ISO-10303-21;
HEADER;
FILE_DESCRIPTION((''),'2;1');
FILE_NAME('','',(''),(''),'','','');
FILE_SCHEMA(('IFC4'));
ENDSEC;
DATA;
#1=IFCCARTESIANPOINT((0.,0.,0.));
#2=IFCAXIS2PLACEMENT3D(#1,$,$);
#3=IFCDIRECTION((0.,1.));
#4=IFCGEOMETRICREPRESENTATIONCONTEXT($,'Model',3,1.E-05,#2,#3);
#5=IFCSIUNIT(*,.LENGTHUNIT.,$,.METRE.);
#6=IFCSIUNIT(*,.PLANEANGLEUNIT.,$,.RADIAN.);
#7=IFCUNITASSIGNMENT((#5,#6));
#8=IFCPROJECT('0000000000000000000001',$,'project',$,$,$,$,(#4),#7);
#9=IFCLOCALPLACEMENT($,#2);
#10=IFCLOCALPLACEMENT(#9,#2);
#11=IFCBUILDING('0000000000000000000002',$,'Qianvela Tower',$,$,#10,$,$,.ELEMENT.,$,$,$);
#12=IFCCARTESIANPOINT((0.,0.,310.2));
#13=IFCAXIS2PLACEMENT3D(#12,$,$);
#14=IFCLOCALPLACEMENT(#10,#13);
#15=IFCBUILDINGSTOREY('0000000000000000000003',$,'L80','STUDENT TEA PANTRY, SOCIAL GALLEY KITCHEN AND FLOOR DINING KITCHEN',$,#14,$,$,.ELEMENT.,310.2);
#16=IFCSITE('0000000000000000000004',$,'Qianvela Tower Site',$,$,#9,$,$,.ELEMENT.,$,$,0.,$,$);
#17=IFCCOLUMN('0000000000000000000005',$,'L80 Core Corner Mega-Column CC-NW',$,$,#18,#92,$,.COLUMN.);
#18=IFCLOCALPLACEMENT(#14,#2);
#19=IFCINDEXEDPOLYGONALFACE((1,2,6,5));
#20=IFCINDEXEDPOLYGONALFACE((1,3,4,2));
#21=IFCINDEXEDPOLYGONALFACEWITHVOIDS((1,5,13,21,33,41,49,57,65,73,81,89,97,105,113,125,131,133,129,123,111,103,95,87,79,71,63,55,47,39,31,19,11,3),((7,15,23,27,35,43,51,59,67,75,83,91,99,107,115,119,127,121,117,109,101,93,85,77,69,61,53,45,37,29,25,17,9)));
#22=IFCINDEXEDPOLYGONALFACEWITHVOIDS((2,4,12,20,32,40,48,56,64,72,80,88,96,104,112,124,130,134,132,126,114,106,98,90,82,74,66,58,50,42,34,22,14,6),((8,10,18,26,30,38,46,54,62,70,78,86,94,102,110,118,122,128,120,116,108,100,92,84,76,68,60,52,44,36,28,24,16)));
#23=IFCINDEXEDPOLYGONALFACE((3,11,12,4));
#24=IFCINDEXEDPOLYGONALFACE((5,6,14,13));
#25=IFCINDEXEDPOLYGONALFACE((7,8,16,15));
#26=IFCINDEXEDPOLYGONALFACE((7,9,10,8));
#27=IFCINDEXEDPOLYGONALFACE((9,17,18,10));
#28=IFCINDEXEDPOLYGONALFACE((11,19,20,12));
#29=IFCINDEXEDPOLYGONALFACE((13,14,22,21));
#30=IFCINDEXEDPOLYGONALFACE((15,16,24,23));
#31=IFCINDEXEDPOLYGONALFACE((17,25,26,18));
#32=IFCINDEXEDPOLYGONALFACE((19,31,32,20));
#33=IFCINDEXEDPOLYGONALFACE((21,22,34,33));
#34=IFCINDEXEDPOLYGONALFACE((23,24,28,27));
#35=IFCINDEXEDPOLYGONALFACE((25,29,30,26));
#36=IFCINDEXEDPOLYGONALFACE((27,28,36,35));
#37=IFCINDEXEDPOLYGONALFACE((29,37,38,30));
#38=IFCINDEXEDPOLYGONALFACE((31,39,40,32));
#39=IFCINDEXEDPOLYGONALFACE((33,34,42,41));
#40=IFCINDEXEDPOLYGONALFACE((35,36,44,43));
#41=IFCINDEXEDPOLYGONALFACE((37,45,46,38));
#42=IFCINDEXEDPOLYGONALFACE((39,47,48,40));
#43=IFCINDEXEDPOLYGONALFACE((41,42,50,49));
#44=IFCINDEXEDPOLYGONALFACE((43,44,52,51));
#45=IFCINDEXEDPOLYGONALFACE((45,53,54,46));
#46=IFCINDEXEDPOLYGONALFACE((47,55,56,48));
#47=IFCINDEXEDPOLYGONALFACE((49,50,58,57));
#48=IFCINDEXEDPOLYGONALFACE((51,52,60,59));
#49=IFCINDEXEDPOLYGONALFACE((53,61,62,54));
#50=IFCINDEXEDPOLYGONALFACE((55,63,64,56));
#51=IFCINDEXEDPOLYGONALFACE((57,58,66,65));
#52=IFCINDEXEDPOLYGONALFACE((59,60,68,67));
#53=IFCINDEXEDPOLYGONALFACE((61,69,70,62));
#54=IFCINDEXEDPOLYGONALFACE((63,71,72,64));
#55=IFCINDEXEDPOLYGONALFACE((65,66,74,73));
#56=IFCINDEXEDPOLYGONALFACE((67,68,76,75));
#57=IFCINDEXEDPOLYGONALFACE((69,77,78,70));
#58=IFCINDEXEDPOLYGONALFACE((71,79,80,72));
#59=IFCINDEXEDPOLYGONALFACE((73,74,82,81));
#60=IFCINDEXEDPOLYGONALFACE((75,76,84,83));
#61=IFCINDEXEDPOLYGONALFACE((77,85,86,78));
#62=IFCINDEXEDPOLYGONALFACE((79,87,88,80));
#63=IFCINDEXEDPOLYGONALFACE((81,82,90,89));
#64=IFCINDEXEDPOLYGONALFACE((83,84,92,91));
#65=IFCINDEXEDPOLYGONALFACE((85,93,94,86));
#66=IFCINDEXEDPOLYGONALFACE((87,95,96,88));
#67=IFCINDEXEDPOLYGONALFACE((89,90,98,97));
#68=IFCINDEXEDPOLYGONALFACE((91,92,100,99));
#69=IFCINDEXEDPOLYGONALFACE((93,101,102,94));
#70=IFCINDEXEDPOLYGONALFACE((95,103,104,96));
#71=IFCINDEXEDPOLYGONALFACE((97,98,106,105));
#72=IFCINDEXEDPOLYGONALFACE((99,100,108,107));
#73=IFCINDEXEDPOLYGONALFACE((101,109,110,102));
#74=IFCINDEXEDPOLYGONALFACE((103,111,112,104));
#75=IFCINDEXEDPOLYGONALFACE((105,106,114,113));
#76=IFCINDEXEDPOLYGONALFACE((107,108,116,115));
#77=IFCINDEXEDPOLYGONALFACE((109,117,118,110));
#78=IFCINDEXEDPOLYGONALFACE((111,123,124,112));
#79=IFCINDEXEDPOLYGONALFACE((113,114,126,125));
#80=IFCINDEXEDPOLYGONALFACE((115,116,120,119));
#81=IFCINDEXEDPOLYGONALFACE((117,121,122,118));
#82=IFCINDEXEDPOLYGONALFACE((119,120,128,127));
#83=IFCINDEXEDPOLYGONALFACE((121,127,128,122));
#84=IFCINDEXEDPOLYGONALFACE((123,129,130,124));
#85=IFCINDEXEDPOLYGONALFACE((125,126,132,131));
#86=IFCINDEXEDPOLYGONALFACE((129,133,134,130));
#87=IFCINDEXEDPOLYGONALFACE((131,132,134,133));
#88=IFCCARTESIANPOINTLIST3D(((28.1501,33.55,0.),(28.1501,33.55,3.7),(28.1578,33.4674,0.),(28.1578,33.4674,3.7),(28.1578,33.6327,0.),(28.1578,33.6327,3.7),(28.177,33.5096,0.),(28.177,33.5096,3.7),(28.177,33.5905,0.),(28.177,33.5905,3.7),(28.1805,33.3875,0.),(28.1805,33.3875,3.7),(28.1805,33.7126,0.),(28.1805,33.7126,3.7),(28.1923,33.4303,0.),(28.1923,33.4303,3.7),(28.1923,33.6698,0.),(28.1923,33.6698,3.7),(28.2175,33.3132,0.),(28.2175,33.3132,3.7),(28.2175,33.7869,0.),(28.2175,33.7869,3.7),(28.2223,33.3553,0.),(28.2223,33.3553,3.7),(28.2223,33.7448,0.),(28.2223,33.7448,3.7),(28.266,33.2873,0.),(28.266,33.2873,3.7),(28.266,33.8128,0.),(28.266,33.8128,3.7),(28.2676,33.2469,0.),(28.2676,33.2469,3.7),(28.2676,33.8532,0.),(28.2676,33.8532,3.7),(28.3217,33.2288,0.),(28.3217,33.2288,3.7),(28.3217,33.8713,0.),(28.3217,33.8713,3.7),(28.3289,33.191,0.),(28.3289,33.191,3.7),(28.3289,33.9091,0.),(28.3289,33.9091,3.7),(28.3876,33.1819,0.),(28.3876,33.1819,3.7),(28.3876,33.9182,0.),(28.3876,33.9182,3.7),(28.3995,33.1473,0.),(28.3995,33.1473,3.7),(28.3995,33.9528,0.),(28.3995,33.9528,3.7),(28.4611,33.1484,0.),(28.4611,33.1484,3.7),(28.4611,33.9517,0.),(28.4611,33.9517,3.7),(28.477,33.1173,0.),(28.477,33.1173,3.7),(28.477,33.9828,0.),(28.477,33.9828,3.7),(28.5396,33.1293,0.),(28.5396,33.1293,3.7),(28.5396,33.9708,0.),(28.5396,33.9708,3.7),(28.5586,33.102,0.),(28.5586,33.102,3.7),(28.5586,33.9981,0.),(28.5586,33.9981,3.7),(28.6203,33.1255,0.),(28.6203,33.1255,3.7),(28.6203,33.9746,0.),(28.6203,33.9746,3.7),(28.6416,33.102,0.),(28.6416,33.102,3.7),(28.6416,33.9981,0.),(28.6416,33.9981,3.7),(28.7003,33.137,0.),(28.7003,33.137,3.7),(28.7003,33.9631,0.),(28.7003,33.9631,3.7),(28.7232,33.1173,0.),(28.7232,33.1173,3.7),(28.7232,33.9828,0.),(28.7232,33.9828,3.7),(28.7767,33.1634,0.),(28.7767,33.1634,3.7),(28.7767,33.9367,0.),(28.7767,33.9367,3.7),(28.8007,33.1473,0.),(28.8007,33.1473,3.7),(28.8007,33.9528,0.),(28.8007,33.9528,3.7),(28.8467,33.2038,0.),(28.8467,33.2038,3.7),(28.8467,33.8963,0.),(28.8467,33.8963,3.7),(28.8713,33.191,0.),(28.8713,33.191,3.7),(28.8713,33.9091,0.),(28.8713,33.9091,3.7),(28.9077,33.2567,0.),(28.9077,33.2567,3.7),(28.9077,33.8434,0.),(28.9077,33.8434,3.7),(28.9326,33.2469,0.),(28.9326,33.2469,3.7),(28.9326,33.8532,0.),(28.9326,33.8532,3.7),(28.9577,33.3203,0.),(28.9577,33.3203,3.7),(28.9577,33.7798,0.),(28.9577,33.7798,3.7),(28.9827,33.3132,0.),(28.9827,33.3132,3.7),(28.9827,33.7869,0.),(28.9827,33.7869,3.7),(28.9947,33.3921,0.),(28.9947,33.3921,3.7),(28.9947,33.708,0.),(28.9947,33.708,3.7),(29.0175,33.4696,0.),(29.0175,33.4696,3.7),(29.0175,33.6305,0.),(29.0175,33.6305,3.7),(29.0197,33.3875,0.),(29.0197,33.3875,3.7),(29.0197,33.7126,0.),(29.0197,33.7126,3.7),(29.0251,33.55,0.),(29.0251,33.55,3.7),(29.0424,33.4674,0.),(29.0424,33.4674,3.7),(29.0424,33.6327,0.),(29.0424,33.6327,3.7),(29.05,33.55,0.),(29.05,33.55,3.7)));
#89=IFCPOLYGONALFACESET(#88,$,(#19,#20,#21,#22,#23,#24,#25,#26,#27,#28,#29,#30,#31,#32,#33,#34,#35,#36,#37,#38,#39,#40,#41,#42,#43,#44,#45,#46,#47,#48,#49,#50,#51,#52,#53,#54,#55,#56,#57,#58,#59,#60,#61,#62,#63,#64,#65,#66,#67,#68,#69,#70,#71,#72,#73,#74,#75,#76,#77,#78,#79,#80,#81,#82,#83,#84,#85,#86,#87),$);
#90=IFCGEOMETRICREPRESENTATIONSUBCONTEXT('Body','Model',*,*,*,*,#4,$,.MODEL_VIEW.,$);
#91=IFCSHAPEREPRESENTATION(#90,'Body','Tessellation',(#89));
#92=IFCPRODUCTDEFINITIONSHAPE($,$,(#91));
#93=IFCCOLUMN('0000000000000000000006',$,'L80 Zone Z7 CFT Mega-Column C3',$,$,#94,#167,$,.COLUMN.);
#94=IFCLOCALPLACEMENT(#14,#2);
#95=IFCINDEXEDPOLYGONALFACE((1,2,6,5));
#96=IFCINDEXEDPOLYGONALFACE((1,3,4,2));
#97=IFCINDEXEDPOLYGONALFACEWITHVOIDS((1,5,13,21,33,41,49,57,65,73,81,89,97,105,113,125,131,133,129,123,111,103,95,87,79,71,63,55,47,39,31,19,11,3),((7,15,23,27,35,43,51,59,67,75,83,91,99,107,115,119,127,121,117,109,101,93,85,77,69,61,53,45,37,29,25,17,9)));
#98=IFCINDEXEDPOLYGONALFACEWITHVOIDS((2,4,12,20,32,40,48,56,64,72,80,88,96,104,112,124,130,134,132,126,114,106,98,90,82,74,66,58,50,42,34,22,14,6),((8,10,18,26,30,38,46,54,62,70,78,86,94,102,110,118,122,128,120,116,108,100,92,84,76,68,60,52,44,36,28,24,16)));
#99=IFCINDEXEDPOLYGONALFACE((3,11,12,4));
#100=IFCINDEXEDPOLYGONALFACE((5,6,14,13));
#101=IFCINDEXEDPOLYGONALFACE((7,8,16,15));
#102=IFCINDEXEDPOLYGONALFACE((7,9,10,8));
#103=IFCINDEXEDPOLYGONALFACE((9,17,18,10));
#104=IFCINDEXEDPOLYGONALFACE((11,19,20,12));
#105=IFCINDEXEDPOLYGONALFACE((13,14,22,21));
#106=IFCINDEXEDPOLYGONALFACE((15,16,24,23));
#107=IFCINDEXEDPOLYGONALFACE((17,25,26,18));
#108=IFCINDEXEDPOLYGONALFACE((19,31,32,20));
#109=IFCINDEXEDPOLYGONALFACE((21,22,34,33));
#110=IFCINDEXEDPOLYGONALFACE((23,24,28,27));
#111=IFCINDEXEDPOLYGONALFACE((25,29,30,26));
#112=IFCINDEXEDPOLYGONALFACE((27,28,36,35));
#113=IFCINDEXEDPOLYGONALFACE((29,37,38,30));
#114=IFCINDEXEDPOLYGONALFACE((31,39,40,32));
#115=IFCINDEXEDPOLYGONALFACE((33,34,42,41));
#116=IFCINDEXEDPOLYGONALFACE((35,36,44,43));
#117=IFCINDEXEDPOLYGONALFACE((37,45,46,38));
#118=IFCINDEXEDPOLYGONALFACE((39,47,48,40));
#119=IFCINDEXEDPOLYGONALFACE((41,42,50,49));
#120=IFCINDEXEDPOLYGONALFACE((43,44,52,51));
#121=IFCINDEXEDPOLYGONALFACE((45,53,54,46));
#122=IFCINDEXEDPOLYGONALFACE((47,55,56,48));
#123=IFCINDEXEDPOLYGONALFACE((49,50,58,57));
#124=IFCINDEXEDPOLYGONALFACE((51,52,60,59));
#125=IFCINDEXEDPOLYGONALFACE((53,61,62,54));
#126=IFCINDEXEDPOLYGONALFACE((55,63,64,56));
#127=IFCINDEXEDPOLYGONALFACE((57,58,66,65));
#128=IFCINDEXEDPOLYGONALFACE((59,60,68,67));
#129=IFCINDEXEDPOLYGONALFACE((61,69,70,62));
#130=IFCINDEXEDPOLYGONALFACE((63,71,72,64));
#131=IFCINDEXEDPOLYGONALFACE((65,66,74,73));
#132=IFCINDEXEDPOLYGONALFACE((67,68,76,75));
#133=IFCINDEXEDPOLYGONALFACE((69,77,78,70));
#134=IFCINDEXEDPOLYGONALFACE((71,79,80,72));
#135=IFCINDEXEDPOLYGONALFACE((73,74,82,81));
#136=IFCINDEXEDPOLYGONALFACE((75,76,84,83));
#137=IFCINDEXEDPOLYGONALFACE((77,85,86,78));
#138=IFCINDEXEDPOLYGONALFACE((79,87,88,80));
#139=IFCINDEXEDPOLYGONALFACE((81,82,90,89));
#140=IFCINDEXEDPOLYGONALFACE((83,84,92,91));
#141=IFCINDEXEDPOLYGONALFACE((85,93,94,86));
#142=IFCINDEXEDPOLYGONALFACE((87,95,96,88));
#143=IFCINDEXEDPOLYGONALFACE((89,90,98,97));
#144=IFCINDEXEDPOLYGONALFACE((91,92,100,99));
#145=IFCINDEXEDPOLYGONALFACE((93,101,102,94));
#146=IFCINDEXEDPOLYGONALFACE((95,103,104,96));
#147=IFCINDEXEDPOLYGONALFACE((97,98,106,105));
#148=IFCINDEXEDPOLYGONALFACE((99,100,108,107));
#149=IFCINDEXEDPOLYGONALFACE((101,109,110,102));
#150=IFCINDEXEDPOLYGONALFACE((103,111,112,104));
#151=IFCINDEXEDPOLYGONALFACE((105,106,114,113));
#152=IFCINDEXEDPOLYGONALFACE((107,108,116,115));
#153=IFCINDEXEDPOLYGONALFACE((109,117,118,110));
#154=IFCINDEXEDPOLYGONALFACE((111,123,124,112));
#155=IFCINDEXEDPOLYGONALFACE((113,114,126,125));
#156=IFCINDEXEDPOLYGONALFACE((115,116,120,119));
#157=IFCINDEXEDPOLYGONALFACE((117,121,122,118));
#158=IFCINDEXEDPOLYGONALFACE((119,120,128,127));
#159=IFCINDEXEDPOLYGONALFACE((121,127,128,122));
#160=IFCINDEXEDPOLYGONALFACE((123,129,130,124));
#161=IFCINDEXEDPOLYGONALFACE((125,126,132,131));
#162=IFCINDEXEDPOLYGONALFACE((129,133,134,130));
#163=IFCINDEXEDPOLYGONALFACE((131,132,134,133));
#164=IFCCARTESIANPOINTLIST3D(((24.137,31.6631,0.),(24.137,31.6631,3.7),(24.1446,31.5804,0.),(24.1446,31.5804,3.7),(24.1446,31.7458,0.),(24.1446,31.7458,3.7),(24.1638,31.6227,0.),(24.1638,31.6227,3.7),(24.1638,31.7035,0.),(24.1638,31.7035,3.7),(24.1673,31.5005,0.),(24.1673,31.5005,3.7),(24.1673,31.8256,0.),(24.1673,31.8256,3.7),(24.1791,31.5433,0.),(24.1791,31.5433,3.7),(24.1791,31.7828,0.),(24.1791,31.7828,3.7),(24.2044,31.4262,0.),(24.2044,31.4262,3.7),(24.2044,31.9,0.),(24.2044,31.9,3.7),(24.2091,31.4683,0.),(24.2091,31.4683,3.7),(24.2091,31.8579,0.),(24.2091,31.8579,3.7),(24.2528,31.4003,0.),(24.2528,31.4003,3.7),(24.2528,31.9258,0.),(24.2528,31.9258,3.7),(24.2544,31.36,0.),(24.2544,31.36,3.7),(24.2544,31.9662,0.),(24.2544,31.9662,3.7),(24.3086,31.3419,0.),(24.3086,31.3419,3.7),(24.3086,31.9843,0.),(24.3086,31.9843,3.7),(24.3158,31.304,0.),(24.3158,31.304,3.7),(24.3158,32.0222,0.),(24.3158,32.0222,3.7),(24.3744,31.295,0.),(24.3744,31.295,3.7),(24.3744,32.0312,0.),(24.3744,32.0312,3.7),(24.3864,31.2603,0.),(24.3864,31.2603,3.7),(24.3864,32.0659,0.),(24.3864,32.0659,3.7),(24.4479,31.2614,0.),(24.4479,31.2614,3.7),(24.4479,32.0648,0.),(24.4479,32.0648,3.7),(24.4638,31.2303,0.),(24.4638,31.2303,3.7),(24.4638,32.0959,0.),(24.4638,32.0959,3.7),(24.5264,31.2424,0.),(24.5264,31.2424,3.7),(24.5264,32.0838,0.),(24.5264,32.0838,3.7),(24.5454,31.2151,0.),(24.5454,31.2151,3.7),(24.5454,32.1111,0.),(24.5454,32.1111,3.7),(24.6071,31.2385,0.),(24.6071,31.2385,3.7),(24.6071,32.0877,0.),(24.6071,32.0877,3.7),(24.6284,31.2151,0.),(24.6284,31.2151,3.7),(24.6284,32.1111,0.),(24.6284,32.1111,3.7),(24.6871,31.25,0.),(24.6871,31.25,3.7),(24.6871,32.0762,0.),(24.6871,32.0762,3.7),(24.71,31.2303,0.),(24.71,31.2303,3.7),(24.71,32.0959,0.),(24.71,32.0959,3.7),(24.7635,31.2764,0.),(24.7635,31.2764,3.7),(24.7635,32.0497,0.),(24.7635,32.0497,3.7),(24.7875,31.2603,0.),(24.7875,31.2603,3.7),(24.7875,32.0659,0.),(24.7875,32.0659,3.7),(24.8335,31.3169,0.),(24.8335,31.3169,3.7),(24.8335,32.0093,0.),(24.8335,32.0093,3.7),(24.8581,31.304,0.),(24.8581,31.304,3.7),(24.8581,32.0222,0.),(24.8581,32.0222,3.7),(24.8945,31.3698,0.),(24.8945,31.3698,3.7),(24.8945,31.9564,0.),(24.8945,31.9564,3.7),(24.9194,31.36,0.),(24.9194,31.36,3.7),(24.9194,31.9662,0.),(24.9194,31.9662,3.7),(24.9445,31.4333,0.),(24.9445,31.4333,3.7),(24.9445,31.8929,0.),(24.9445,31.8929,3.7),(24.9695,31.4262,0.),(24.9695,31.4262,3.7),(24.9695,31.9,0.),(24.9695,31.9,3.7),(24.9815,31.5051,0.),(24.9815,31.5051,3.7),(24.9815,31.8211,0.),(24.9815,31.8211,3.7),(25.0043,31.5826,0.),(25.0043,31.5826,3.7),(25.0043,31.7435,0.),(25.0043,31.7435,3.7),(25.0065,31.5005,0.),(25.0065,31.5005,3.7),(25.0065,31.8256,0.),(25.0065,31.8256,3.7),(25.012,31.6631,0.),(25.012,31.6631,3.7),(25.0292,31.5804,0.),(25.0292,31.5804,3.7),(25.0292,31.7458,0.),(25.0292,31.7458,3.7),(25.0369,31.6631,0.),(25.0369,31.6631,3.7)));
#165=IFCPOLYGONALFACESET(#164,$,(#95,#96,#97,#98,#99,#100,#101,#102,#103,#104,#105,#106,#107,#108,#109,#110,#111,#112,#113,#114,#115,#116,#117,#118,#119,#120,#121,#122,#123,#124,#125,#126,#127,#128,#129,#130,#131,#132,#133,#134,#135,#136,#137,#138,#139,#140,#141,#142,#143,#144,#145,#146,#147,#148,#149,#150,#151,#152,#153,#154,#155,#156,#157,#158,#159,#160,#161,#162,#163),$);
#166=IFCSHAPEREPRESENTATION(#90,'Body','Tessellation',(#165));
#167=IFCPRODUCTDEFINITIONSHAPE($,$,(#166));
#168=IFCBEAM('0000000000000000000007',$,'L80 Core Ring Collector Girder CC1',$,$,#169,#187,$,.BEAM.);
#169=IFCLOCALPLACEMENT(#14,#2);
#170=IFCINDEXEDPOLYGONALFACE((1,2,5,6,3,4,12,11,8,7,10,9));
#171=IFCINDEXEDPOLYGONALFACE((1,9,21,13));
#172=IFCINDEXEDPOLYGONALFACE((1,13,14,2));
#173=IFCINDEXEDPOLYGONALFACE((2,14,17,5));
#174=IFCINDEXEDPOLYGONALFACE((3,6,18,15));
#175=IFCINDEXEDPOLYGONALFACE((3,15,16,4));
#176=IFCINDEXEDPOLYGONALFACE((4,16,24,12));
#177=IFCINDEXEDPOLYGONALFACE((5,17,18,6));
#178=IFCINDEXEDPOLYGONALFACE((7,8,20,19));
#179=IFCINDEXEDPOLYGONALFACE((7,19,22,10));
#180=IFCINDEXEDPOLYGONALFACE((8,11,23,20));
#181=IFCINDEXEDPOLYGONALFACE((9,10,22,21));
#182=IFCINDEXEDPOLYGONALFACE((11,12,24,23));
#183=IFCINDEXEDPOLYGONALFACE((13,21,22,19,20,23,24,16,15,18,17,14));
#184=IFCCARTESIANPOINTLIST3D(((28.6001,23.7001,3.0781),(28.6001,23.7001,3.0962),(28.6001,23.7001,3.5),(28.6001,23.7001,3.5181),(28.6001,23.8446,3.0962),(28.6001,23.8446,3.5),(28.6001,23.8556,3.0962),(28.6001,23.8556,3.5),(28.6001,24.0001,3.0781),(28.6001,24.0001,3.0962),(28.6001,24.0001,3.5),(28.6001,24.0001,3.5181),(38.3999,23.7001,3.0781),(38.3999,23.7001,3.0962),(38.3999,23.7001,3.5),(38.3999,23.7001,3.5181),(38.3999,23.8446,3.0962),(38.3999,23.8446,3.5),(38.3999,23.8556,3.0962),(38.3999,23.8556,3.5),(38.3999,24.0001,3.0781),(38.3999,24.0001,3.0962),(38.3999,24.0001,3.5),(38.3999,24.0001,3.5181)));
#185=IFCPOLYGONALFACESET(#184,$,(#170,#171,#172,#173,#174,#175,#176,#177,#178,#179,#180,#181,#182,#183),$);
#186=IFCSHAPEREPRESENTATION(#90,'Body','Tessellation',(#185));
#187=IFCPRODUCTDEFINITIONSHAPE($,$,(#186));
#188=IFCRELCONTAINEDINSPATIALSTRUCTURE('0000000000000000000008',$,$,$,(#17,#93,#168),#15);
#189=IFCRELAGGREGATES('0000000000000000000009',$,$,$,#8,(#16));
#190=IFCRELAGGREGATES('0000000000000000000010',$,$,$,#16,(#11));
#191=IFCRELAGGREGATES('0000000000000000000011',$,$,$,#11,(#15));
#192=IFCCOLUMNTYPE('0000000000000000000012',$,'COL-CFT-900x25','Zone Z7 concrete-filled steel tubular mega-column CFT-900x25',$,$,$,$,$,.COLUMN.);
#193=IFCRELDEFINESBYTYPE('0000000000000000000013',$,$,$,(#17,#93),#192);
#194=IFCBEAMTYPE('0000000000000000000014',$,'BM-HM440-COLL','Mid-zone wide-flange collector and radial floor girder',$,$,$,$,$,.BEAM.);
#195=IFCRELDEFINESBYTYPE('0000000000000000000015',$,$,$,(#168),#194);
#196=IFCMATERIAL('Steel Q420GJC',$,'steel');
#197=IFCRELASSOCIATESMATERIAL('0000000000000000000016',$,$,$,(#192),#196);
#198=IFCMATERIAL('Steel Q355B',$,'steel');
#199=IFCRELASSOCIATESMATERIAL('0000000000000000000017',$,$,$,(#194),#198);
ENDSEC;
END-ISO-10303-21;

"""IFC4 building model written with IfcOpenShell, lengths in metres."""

from ifc_helpers import new_model, si_unit, direction, frame, origin, origin_2d, place, context, subcontext, project, spatial, hollow_circle, i_section, extrude, material, material_profile, profile_set, type_object, element, save


model = new_model("IFC4")

# Units and contexts
model_context = context("Model", 3, precision=1e-05, world=origin(), true_north=direction((0.0, 1.0)))
body_context = subcontext(model_context, "Body", "Model", "MODEL_VIEW")
ifc_project = project(units=[si_unit("LENGTHUNIT", "METRE"), si_unit("PLANEANGLEUNIT", "RADIAN")], contexts=[model_context])

# Site, building, storey
site_placement = place(None, origin())
site = spatial("IfcSite", under=ifc_project, at=site_placement, Name="Qianvela Tower Site", CompositionType="ELEMENT", RefElevation=0.0)
building_placement = place(site_placement, origin())
building = spatial("IfcBuilding", under=site, at=building_placement, Name="Qianvela Tower", CompositionType="ELEMENT")
storey_placement = place(building_placement, frame((0.0, 0.0, 310.2)))
storey = spatial("IfcBuildingStorey", under=building, at=storey_placement, Name="L80", Description="STUDENT TEA PANTRY, SOCIAL GALLEY KITCHEN AND FLOOR DINING KITCHEN", CompositionType="ELEMENT", Elevation=310.2)

# Columns
ifc_material_1 = material(Name="Steel Q420GJC", Category="steel")
ifc_material_profile_1 = material_profile(ifc_material_1, hollow_circle(Radius=0.45, WallThickness=0.0249, at=origin_2d()), Name="CFT-900x25")
ifc_profile_set_1 = profile_set([ifc_material_profile_1], Name="Steel Q420GJC")
column_type = type_object("IfcColumnType", Name="COL-CFT-900x25", Description="Zone Z7 concrete-filled steel tubular mega-column CFT-900x25", PredefinedType="COLUMN", material=ifc_profile_set_1)
for number, where, z_axis, x_axis, name in (
    (1, (28.6001, 33.55, 0.0), (0.0, 0.0, 1.0), (1.0, 0.0, 0.0), "L80 Core Corner Mega-Column CC-NW"),
    (2, (24.5869, 31.6631, 0.0), (0.0, 0.0, 1.0), (1.0, 0.0, 0.0), "L80 Zone Z7 CFT Mega-Column C3"),
):
    element("IfcColumn", number, at=place(storey_placement, frame(where, z_axis=z_axis, x_axis=x_axis)), inside=storey, type_object=column_type, Name=name, PredefinedType="COLUMN", context=body_context, shape_type="SweptSolid", body=[
        extrude(hollow_circle(Radius=0.45, WallThickness=0.0249, at=origin_2d()), origin(), (0.0, 0.0, 1.0), 3.7),
    ])

# Beam
ifc_material_2 = material(Name="Steel Q355B", Category="steel")
ifc_material_profile_2 = material_profile(ifc_material_2, i_section(OverallWidth=0.3, OverallDepth=0.4399, WebThickness=0.011, FlangeThickness=0.0181, at=origin_2d()), Name="HM440x300x11x18")
ifc_profile_set_2 = profile_set([ifc_material_profile_2], Name="Steel Q355B")
beam_type_1 = type_object("IfcBeamType", Name="BM-HM440-COLL", Description="Mid-zone wide-flange collector and radial floor girder", PredefinedType="BEAM", material=ifc_profile_set_2)
beam_1_placement = place(storey_placement, frame((28.6001, 23.8501, 3.2981), z_axis=(1.0, 0.0, 0.0), x_axis=(0.0, 1.0, 0.0)))
element("IfcBeam", 3, at=beam_1_placement, inside=storey, type_object=beam_type_1, Name="L80 Core Ring Collector Girder CC1", PredefinedType="BEAM", context=body_context, shape_type="SweptSolid", body=[
    extrude(i_section(OverallWidth=0.3, OverallDepth=0.4399, WebThickness=0.011, FlangeThickness=0.0181, at=origin_2d()), origin(), (0.0, 0.0, 1.0), 9.7998),
])

save(model, "model.ifc")
